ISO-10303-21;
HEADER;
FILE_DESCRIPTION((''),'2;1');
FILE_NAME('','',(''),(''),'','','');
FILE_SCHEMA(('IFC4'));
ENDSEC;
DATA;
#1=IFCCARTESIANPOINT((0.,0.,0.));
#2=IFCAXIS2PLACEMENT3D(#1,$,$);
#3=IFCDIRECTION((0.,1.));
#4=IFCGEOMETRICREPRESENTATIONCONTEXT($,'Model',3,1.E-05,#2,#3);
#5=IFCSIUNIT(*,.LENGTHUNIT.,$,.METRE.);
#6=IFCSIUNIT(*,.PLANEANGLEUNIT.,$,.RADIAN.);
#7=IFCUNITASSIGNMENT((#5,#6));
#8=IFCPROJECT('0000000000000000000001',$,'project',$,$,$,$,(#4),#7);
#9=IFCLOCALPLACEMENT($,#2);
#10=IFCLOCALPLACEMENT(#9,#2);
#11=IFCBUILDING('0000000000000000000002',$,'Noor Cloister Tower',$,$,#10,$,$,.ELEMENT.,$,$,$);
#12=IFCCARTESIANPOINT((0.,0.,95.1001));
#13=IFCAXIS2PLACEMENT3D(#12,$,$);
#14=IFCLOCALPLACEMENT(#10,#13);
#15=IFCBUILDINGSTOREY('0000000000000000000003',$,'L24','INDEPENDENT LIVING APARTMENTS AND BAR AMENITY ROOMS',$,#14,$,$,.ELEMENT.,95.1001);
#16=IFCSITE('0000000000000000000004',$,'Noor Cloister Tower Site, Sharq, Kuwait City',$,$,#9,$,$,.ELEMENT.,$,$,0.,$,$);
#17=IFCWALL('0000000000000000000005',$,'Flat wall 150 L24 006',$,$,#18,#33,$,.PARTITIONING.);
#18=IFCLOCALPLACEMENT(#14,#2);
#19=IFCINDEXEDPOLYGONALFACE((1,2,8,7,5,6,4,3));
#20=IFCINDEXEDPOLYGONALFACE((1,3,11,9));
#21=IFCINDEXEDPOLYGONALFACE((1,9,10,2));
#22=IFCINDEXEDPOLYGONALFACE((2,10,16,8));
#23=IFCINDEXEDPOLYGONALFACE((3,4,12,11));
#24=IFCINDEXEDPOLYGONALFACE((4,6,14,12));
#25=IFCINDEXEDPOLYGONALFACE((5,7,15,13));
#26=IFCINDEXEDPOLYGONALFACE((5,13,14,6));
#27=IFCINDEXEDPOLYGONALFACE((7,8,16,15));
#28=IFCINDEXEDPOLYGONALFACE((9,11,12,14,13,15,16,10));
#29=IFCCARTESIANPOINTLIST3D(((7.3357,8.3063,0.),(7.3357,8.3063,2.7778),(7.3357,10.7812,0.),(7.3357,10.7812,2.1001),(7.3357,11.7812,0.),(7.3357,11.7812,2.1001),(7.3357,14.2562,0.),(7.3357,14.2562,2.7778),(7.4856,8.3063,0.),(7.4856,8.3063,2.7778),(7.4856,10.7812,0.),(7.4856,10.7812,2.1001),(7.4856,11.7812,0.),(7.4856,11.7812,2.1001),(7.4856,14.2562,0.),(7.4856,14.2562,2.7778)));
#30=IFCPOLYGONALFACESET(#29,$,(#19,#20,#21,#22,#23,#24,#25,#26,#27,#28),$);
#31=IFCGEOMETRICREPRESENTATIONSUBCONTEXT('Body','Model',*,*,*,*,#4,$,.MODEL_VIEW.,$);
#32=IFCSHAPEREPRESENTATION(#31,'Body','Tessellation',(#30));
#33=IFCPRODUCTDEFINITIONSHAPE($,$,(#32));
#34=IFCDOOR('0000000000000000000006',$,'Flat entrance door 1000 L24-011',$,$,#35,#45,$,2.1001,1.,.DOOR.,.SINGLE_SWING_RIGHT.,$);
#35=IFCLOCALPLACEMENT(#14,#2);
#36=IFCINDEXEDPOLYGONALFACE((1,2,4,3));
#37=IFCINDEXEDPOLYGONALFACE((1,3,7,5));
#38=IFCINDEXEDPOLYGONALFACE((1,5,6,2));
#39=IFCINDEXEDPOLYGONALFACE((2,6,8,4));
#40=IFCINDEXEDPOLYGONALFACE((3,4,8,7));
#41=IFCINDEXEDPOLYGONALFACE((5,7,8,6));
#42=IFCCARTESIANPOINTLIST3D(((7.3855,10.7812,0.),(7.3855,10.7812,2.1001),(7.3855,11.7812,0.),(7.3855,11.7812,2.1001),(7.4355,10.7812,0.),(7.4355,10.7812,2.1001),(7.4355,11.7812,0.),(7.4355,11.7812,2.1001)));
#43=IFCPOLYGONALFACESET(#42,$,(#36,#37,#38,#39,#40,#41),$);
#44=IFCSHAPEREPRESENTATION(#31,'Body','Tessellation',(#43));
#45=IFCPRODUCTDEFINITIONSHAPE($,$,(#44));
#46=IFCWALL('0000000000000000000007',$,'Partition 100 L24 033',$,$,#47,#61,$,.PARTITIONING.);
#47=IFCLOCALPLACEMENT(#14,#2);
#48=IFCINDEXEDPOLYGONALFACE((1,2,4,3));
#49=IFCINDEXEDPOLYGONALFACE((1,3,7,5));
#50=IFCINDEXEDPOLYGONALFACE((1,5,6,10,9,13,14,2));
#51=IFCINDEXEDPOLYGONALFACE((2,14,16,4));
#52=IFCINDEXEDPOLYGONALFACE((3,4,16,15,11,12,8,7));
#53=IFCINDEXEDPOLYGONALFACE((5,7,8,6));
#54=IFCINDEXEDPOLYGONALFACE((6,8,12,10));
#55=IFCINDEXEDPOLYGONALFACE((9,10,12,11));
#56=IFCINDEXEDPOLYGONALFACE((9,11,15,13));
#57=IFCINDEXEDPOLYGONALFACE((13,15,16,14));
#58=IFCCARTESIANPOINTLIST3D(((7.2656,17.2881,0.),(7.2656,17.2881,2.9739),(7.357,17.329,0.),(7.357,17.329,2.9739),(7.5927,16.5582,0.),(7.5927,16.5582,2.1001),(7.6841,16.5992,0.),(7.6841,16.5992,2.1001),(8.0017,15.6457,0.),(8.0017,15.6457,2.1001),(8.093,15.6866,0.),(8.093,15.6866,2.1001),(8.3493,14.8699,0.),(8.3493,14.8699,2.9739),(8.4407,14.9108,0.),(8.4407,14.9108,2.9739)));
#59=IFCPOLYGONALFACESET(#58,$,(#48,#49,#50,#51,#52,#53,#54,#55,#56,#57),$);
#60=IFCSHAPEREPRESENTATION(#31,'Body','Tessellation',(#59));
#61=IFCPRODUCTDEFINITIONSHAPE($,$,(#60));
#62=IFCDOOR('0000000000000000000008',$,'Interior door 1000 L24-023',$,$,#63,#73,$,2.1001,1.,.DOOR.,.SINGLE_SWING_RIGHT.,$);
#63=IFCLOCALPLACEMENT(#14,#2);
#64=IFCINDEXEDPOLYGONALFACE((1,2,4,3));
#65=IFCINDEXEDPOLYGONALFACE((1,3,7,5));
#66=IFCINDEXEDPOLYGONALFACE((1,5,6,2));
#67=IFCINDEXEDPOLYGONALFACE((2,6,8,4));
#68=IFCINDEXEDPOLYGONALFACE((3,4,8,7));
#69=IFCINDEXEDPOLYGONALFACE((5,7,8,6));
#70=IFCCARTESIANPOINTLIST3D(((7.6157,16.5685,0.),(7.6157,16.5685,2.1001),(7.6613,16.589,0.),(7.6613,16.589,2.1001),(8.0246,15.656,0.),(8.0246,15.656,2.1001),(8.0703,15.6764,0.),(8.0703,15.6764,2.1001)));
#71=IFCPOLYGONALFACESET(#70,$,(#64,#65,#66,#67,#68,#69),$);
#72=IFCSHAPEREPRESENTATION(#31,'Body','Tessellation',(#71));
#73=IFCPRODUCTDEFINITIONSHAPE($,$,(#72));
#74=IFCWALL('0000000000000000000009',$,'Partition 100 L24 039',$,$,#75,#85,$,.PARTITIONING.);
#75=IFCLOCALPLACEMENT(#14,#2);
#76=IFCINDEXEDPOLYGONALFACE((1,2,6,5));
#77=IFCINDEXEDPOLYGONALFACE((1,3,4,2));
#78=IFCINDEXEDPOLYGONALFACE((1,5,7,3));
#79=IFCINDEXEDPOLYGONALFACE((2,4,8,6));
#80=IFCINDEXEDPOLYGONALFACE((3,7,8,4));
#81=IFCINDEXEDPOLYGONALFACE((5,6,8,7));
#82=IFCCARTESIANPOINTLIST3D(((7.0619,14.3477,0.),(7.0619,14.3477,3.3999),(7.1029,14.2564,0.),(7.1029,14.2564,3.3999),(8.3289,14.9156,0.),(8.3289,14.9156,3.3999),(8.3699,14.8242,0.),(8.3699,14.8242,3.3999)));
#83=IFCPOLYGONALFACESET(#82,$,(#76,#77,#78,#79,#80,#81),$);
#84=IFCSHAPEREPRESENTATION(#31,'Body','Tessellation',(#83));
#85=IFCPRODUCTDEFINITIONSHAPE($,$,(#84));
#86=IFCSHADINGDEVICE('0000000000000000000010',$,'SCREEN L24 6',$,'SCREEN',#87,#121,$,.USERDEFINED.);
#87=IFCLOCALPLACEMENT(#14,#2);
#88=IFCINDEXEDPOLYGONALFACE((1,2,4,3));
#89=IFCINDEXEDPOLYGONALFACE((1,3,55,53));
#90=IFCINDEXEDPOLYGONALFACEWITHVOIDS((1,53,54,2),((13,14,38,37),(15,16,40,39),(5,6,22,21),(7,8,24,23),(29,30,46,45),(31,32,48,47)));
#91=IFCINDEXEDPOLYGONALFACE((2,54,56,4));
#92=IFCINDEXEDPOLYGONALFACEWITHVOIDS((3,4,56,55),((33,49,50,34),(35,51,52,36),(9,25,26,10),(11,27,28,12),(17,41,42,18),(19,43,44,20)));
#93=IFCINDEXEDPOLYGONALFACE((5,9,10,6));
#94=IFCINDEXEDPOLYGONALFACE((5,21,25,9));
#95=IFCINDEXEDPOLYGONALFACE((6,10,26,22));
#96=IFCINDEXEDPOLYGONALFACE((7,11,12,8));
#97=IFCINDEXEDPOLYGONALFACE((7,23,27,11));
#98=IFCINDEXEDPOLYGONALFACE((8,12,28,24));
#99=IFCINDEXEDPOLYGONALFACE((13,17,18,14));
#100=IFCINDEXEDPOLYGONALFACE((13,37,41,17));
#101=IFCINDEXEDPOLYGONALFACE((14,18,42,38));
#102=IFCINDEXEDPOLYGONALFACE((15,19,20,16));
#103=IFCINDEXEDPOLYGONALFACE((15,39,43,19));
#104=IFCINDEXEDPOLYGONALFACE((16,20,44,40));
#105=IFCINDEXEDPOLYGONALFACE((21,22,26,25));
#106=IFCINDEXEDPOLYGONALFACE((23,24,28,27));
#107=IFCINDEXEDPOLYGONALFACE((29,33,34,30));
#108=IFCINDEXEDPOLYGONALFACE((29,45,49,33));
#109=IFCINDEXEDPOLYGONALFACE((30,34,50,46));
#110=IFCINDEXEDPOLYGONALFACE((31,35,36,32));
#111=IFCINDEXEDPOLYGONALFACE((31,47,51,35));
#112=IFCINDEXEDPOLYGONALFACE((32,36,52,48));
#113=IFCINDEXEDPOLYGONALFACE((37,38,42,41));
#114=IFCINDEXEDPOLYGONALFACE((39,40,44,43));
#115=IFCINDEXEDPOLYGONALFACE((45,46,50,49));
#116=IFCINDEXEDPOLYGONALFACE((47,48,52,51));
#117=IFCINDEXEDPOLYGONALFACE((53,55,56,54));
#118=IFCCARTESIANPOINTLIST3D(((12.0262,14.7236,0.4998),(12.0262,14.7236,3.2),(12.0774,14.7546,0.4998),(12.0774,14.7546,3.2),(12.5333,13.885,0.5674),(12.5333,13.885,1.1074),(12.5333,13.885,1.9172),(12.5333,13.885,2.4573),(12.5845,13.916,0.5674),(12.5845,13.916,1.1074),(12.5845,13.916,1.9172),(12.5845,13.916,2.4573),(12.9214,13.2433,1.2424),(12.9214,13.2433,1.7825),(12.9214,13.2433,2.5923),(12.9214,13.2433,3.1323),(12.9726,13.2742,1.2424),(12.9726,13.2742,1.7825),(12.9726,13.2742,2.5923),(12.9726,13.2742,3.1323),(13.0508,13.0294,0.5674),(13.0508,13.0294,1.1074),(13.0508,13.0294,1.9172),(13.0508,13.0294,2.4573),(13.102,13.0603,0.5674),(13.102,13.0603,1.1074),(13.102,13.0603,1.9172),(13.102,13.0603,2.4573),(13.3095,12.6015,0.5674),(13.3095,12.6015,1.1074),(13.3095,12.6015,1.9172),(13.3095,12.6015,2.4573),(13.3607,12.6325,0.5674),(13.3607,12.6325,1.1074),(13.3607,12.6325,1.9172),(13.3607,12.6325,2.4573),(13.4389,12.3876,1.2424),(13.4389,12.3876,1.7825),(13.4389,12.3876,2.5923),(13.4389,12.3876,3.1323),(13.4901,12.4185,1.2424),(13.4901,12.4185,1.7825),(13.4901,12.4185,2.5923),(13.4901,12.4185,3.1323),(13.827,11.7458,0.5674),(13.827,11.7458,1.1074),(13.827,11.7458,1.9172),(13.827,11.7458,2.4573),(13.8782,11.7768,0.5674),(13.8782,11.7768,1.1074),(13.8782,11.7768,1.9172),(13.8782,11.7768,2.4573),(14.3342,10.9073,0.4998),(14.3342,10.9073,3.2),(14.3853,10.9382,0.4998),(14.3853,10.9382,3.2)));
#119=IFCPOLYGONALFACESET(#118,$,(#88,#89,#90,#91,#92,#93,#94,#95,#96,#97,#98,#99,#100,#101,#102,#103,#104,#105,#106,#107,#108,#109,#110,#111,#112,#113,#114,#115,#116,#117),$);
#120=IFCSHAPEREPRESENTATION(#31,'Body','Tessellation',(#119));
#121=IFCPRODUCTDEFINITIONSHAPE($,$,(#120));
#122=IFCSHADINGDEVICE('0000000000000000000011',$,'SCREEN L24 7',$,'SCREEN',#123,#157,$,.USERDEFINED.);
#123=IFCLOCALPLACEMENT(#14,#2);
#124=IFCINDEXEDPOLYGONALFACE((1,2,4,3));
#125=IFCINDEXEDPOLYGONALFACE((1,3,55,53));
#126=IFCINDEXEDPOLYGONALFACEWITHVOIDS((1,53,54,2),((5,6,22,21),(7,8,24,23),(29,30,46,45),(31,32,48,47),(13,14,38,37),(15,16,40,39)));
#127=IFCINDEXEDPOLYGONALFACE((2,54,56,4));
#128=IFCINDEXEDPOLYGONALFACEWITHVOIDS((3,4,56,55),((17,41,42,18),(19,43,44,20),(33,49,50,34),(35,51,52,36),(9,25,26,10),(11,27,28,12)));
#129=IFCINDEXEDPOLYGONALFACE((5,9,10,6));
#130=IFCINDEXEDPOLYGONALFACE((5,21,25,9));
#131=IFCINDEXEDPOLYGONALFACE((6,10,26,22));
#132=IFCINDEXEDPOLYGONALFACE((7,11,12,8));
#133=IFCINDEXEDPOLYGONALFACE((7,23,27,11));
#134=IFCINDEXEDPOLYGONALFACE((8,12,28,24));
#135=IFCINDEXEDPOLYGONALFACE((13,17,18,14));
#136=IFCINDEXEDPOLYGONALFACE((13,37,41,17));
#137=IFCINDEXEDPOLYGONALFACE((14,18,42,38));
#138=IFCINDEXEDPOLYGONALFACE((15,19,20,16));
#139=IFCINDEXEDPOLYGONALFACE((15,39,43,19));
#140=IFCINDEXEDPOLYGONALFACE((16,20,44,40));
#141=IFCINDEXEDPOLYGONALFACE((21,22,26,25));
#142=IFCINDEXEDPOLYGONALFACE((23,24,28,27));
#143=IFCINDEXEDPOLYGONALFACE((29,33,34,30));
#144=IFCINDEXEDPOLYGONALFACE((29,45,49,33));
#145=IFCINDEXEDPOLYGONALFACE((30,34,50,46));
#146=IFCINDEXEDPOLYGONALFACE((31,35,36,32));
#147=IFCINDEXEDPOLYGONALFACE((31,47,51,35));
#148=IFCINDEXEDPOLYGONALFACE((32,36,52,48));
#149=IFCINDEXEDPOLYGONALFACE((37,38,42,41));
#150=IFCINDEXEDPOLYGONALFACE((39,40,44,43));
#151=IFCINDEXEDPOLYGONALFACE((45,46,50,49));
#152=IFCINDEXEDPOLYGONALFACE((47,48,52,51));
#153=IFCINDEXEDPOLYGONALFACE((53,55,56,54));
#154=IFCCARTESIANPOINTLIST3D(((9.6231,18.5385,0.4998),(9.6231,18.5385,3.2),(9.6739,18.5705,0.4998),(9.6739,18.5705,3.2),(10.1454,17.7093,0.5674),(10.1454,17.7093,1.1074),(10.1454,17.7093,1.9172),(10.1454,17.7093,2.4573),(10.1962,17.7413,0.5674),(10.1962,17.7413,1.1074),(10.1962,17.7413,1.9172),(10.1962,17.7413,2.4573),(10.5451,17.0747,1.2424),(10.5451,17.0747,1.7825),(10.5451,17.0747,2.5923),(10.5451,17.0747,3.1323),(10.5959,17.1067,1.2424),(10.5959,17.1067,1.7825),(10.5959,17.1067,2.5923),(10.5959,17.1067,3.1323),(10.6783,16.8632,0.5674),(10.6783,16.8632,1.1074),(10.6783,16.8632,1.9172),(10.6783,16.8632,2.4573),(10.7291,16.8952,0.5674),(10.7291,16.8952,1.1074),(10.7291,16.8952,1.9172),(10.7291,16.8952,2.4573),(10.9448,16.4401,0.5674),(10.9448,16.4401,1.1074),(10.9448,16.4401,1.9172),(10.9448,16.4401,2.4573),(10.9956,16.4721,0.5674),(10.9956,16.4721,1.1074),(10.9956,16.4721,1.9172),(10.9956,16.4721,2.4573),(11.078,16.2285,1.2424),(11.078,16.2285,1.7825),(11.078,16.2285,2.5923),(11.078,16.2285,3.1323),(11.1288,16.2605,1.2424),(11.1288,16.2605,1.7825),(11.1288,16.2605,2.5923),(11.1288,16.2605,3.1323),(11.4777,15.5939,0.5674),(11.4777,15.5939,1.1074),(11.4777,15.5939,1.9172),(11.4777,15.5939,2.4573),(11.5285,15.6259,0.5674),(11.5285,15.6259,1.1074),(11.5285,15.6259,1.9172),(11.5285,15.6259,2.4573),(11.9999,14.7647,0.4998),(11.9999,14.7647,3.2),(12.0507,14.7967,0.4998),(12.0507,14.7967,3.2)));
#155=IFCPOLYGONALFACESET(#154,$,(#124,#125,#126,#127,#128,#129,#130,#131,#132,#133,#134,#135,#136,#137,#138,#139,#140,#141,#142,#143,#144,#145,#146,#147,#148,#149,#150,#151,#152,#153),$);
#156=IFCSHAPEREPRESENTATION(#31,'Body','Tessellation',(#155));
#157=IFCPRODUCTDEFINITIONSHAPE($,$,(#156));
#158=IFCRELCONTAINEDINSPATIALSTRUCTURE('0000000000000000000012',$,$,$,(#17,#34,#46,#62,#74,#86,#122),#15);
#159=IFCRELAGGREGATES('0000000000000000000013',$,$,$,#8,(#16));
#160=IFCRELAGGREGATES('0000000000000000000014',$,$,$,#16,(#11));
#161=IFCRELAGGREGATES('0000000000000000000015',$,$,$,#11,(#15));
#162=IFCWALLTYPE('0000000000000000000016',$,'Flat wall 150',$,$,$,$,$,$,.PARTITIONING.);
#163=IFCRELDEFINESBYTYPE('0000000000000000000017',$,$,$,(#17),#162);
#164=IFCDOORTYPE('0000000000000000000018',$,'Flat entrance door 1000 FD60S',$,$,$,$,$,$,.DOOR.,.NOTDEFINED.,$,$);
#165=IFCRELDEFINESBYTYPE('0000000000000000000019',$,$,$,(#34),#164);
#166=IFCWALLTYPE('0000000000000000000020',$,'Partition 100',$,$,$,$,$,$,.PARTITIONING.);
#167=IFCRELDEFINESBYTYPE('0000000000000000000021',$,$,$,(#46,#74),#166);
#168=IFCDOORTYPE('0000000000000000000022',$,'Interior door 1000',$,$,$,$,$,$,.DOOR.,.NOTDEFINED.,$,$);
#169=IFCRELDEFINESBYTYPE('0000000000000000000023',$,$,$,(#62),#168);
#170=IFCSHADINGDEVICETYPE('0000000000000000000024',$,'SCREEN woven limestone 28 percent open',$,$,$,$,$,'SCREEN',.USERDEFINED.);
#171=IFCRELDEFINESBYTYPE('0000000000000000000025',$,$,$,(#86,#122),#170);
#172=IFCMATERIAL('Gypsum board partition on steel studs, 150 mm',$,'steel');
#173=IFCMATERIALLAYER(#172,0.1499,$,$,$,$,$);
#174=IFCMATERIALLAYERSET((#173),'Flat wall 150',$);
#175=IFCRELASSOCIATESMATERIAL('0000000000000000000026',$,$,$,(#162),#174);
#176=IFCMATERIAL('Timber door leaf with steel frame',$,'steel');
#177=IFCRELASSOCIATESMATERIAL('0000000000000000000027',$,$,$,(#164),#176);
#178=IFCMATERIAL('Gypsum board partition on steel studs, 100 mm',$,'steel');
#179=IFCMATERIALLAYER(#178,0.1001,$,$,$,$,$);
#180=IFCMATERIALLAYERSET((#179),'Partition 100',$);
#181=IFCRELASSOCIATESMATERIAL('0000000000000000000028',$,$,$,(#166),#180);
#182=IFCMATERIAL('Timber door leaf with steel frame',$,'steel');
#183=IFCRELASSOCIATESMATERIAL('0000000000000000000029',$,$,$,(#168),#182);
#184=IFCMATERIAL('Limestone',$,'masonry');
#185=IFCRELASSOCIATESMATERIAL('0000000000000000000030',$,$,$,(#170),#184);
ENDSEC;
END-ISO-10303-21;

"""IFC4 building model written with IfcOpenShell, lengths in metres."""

from ifc_helpers import new_model, si_unit, direction, frame, frame_2d, origin, place, context, subcontext, project, spatial, polyline, rectangle, outline, extrude, material, layer, layer_set, material_profile, profile_set, type_object, element, fill, save


model = new_model("IFC4")

# Units and contexts
model_context = context("Model", 3, precision=1e-05, world=origin(), true_north=direction((0.0, 1.0)))
body_context = subcontext(model_context, "Body", "Model", "MODEL_VIEW")
ifc_project = project(units=[si_unit("LENGTHUNIT", "METRE"), si_unit("PLANEANGLEUNIT", "RADIAN")], contexts=[model_context])

# Site, building, storey
site_placement = place(None, origin())
site = spatial("IfcSite", under=ifc_project, at=site_placement, Name="Noor Cloister Tower Site, Sharq, Kuwait City", CompositionType="ELEMENT", RefElevation=0.0)
building_placement = place(site_placement, origin())
building = spatial("IfcBuilding", under=site, at=building_placement, Name="Noor Cloister Tower", CompositionType="ELEMENT")
storey_placement = place(building_placement, frame((0.0, 0.0, 95.1001)))
storey = spatial("IfcBuildingStorey", under=building, at=storey_placement, Name="L24", Description="INDEPENDENT LIVING APARTMENTS AND BAR AMENITY ROOMS", CompositionType="ELEMENT", Elevation=95.1001)

# Walls, openings, doors
ifc_material_1 = material(Name="Gypsum board partition on steel studs, 150 mm", Category="steel")
ifc_layer_1 = layer(ifc_material_1, 0.1499)
ifc_layer_set_1 = layer_set([ifc_layer_1], Name="Flat wall 150")
wall_type_1 = type_object("IfcWallType", Name="Flat wall 150", PredefinedType="PARTITIONING", material=ifc_layer_set_1)
wall_1_placement = place(storey_placement, frame((7.4106, 14.2563, 0.0), z_axis=(0.0, 0.0, 1.0), x_axis=(0.0, -1.0, 0.0)))
wall_1 = element("IfcWall", 1, at=wall_1_placement, inside=storey, type_object=wall_type_1, Name="Flat wall 150 L24 006", PredefinedType="PARTITIONING", context=body_context, shape_type="SweptSolid", body=[
    extrude(rectangle(XDim=5.95, YDim=0.1499, at=frame_2d((2.9751, 0.0))), origin(), (0.0, 0.0, 1.0), 2.7778),
])
opening_1_placement = place(wall_1_placement, frame((2.4751, 0.0, 0.0)))
opening_1 = element("IfcOpeningElement", 2, at=opening_1_placement, cuts=wall_1, PredefinedType="OPENING", context=body_context, shape_type="SweptSolid", body=[
    extrude(rectangle(XDim=1.0, YDim=2.1001, at=frame_2d((0.5, 1.05))), frame((0.0, 0.085, 0.0), z_axis=(0.0, -1.0, 0.0), x_axis=(1.0, 0.0, 0.0)), (0.0, 0.0, 1.0), 0.1699),
])
ifc_material_2 = material(Name="Timber door leaf with steel frame", Category="steel")
door_type_1 = type_object("IfcDoorType", Name="Flat entrance door 1000 FD60S", OperationType="NOTDEFINED", PredefinedType="DOOR", material=ifc_material_2)
door_1_placement = place(opening_1_placement, origin())
door_1 = element("IfcDoor", 3, at=door_1_placement, inside=storey, type_object=door_type_1, Name="Flat entrance door 1000 L24-011", OperationType="SINGLE_SWING_RIGHT", OverallHeight=2.1001, OverallWidth=1.0, PredefinedType="DOOR", context=body_context, shape_type="SweptSolid", body=[
    extrude(rectangle(XDim=1.0, YDim=2.1001, at=frame_2d((0.5, 1.05))), frame((0.0, 0.0249, 0.0), z_axis=(0.0, -1.0, 0.0), x_axis=(1.0, 0.0, 0.0)), (0.0, 0.0, 1.0), 0.05),
])
fill(opening_1, door_1)
ifc_material_3 = material(Name="Gypsum board partition on steel studs, 100 mm", Category="steel")
ifc_layer_2 = layer(ifc_material_3, 0.1001)
ifc_layer_set_2 = layer_set([ifc_layer_2], Name="Partition 100")
wall_type_2 = type_object("IfcWallType", Name="Partition 100", PredefinedType="PARTITIONING", material=ifc_layer_set_2)
wall_2_placement = place(storey_placement, frame((8.395, 14.8904, 0.0), z_axis=(0.0, 0.0, 1.0), x_axis=(-0.408966, 0.91255, 0.0)))
wall_2 = element("IfcWall", 4, at=wall_2_placement, inside=storey, type_object=wall_type_2, Name="Partition 100 L24 033", PredefinedType="PARTITIONING", context=body_context, shape_type="SweptSolid", body=[
    extrude(rectangle(XDim=2.6499, YDim=0.1001, at=frame_2d((1.325, 0.0))), origin(), (0.0, 0.0, 1.0), 2.9739),
])
opening_2_placement = place(wall_2_placement, frame((0.8501, 0.0, 0.0)))
opening_2 = element("IfcOpeningElement", 5, at=opening_2_placement, cuts=wall_2, PredefinedType="OPENING", context=body_context, shape_type="SweptSolid", body=[
    extrude(rectangle(XDim=1.0, YDim=2.1001, at=frame_2d((0.5, 1.05))), frame((0.0, 0.0601, 0.0), z_axis=(0.0, -1.0, 0.0), x_axis=(1.0, 0.0, 0.0)), (0.0, 0.0, 1.0), 0.1201),
])
ifc_material_4 = material(Name="Timber door leaf with steel frame", Category="steel")
door_type_2 = type_object("IfcDoorType", Name="Interior door 1000", OperationType="NOTDEFINED", PredefinedType="DOOR", material=ifc_material_4)
door_2_placement = place(opening_2_placement, origin())
door_2 = element("IfcDoor", 6, at=door_2_placement, inside=storey, type_object=door_type_2, Name="Interior door 1000 L24-023", OperationType="SINGLE_SWING_RIGHT", OverallHeight=2.1001, OverallWidth=1.0, PredefinedType="DOOR", context=body_context, shape_type="SweptSolid", body=[
    extrude(rectangle(XDim=1.0, YDim=2.1001, at=frame_2d((0.5, 1.05))), frame((0.0, 0.0249, 0.0), z_axis=(0.0, -1.0, 0.0), x_axis=(1.0, 0.0, 0.0)), (0.0, 0.0, 1.0), 0.05),
])
fill(opening_2, door_2)

# Wall
wall_3_placement = place(storey_placement, frame((7.0823, 14.302, 0.0), z_axis=(0.0, 0.0, 1.0), x_axis=(0.912546, 0.408975, 0.0)))
element("IfcWall", 7, at=wall_3_placement, inside=storey, type_object=wall_type_2, Name="Partition 100 L24 039", PredefinedType="PARTITIONING", context=body_context, shape_type="SweptSolid", body=[
    extrude(rectangle(XDim=1.3884, YDim=0.1001, at=frame_2d((0.6943, 0.0))), origin(), (0.0, 0.0, 1.0), 3.3999),
])

# Shading devices
ifc_material_5 = material(Name="Limestone", Category="masonry")
ifc_material_profile_1 = material_profile(ifc_material_5, outline(polyline([(-2.23, -1.3501), (2.23, -1.3501), (2.23, 1.3501), (-2.23, 1.3501), (-2.23, -1.3501)]), holes=[polyline([(-1.25, -1.2825), (-0.25, -1.2825), (-0.25, -0.7424), (-1.25, -0.7424), (-1.25, -1.2825)]), polyline([(0.25, -1.2825), (1.25, -1.2825), (1.25, -0.7424), (0.25, -0.7424), (0.25, -1.2825)]), polyline([(-0.5, -0.6074), (0.5, -0.6074), (0.5, -0.0674), (-0.5, -0.0674), (-0.5, -0.6074)]), polyline([(-1.25, 0.0674), (-0.25, 0.0674), (-0.25, 0.6074), (-1.25, 0.6074), (-1.25, 0.0674)]), polyline([(0.25, 0.0674), (1.25, 0.0674), (1.25, 0.6074), (0.25, 0.6074), (0.25, 0.0674)]), polyline([(-0.5, 0.7424), (0.5, 0.7424), (0.5, 1.2825), (-0.5, 1.2825), (-0.5, 0.7424)])]), Name="Woven screen 28 percent open")
ifc_profile_set_1 = profile_set([ifc_material_profile_1], Name="Limestone")
shading_device_type = type_object("IfcShadingDeviceType", Name="SCREEN woven limestone 28 percent open", ElementType="SCREEN", PredefinedType="USERDEFINED", material=ifc_profile_set_1)
shading_device_1_placement = place(storey_placement, frame((13.1802, 12.8154, 1.8499), z_axis=(0.85569, 0.517489, 0.0), x_axis=(-0.517489, 0.85569, 0.0)))
element("IfcShadingDevice", 8, at=shading_device_1_placement, inside=storey, type_object=shading_device_type, Name="SCREEN L24 6", ObjectType="SCREEN", PredefinedType="USERDEFINED", context=body_context, shape_type="SweptSolid", body=[
    extrude(outline(polyline([(-2.23, -1.3501), (2.23, -1.3501), (2.23, 1.3501), (-2.23, 1.3501), (-2.23, -1.3501)]), holes=[polyline([(-1.25, -1.2825), (-0.25, -1.2825), (-0.25, -0.7424), (-1.25, -0.7424), (-1.25, -1.2825)]), polyline([(0.25, -1.2825), (1.25, -1.2825), (1.25, -0.7424), (0.25, -0.7424), (0.25, -1.2825)]), polyline([(-0.5, -0.6074), (0.5, -0.6074), (0.5, -0.0674), (-0.5, -0.0674), (-0.5, -0.6074)]), polyline([(-1.25, 0.0674), (-0.25, 0.0674), (-0.25, 0.6074), (-1.25, 0.6074), (-1.25, 0.0674)]), polyline([(0.25, 0.0674), (1.25, 0.0674), (1.25, 0.6074), (0.25, 0.6074), (0.25, 0.0674)]), polyline([(-0.5, 0.7424), (0.5, 0.7424), (0.5, 1.2825), (-0.5, 1.2825), (-0.5, 0.7424)])]), origin(), (0.0, 0.0, 1.0), 0.0598),
])
for number, where, z_axis, x_axis, name in (
    (9, (10.8115, 16.6516, 1.8499), (0.846165, 0.532921, 0.0), (-0.532921, 0.846165, 0.0), "SCREEN L24 7"),
):
    element("IfcShadingDevice", number, at=place(storey_placement, frame(where, z_axis=z_axis, x_axis=x_axis)), inside=storey, type_object=shading_device_type, Name=name, ObjectType="SCREEN", PredefinedType="USERDEFINED", context=body_context, shape_type="SweptSolid", body=[
        extrude(outline(polyline([(-2.23, -1.3501), (2.23, -1.3501), (2.23, 1.3501), (-2.23, 1.3501), (-2.23, -1.3501)]), holes=[polyline([(-1.25, -1.2825), (-0.25, -1.2825), (-0.25, -0.7424), (-1.25, -0.7424), (-1.25, -1.2825)]), polyline([(0.25, -1.2825), (1.25, -1.2825), (1.25, -0.7424), (0.25, -0.7424), (0.25, -1.2825)]), polyline([(-0.5, -0.6074), (0.5, -0.6074), (0.5, -0.0674), (-0.5, -0.0674), (-0.5, -0.6074)]), polyline([(-1.25, 0.0674), (-0.25, 0.0674), (-0.25, 0.6074), (-1.25, 0.6074), (-1.25, 0.0674)]), polyline([(0.25, 0.0674), (1.25, 0.0674), (1.25, 0.6074), (0.25, 0.6074), (0.25, 0.0674)]), polyline([(-0.5, 0.7424), (0.5, 0.7424), (0.5, 1.2825), (-0.5, 1.2825), (-0.5, 0.7424)])]), origin(), (0.0, 0.0, 1.0), 0.0601),
    ])

save(model, "model.ifc")
